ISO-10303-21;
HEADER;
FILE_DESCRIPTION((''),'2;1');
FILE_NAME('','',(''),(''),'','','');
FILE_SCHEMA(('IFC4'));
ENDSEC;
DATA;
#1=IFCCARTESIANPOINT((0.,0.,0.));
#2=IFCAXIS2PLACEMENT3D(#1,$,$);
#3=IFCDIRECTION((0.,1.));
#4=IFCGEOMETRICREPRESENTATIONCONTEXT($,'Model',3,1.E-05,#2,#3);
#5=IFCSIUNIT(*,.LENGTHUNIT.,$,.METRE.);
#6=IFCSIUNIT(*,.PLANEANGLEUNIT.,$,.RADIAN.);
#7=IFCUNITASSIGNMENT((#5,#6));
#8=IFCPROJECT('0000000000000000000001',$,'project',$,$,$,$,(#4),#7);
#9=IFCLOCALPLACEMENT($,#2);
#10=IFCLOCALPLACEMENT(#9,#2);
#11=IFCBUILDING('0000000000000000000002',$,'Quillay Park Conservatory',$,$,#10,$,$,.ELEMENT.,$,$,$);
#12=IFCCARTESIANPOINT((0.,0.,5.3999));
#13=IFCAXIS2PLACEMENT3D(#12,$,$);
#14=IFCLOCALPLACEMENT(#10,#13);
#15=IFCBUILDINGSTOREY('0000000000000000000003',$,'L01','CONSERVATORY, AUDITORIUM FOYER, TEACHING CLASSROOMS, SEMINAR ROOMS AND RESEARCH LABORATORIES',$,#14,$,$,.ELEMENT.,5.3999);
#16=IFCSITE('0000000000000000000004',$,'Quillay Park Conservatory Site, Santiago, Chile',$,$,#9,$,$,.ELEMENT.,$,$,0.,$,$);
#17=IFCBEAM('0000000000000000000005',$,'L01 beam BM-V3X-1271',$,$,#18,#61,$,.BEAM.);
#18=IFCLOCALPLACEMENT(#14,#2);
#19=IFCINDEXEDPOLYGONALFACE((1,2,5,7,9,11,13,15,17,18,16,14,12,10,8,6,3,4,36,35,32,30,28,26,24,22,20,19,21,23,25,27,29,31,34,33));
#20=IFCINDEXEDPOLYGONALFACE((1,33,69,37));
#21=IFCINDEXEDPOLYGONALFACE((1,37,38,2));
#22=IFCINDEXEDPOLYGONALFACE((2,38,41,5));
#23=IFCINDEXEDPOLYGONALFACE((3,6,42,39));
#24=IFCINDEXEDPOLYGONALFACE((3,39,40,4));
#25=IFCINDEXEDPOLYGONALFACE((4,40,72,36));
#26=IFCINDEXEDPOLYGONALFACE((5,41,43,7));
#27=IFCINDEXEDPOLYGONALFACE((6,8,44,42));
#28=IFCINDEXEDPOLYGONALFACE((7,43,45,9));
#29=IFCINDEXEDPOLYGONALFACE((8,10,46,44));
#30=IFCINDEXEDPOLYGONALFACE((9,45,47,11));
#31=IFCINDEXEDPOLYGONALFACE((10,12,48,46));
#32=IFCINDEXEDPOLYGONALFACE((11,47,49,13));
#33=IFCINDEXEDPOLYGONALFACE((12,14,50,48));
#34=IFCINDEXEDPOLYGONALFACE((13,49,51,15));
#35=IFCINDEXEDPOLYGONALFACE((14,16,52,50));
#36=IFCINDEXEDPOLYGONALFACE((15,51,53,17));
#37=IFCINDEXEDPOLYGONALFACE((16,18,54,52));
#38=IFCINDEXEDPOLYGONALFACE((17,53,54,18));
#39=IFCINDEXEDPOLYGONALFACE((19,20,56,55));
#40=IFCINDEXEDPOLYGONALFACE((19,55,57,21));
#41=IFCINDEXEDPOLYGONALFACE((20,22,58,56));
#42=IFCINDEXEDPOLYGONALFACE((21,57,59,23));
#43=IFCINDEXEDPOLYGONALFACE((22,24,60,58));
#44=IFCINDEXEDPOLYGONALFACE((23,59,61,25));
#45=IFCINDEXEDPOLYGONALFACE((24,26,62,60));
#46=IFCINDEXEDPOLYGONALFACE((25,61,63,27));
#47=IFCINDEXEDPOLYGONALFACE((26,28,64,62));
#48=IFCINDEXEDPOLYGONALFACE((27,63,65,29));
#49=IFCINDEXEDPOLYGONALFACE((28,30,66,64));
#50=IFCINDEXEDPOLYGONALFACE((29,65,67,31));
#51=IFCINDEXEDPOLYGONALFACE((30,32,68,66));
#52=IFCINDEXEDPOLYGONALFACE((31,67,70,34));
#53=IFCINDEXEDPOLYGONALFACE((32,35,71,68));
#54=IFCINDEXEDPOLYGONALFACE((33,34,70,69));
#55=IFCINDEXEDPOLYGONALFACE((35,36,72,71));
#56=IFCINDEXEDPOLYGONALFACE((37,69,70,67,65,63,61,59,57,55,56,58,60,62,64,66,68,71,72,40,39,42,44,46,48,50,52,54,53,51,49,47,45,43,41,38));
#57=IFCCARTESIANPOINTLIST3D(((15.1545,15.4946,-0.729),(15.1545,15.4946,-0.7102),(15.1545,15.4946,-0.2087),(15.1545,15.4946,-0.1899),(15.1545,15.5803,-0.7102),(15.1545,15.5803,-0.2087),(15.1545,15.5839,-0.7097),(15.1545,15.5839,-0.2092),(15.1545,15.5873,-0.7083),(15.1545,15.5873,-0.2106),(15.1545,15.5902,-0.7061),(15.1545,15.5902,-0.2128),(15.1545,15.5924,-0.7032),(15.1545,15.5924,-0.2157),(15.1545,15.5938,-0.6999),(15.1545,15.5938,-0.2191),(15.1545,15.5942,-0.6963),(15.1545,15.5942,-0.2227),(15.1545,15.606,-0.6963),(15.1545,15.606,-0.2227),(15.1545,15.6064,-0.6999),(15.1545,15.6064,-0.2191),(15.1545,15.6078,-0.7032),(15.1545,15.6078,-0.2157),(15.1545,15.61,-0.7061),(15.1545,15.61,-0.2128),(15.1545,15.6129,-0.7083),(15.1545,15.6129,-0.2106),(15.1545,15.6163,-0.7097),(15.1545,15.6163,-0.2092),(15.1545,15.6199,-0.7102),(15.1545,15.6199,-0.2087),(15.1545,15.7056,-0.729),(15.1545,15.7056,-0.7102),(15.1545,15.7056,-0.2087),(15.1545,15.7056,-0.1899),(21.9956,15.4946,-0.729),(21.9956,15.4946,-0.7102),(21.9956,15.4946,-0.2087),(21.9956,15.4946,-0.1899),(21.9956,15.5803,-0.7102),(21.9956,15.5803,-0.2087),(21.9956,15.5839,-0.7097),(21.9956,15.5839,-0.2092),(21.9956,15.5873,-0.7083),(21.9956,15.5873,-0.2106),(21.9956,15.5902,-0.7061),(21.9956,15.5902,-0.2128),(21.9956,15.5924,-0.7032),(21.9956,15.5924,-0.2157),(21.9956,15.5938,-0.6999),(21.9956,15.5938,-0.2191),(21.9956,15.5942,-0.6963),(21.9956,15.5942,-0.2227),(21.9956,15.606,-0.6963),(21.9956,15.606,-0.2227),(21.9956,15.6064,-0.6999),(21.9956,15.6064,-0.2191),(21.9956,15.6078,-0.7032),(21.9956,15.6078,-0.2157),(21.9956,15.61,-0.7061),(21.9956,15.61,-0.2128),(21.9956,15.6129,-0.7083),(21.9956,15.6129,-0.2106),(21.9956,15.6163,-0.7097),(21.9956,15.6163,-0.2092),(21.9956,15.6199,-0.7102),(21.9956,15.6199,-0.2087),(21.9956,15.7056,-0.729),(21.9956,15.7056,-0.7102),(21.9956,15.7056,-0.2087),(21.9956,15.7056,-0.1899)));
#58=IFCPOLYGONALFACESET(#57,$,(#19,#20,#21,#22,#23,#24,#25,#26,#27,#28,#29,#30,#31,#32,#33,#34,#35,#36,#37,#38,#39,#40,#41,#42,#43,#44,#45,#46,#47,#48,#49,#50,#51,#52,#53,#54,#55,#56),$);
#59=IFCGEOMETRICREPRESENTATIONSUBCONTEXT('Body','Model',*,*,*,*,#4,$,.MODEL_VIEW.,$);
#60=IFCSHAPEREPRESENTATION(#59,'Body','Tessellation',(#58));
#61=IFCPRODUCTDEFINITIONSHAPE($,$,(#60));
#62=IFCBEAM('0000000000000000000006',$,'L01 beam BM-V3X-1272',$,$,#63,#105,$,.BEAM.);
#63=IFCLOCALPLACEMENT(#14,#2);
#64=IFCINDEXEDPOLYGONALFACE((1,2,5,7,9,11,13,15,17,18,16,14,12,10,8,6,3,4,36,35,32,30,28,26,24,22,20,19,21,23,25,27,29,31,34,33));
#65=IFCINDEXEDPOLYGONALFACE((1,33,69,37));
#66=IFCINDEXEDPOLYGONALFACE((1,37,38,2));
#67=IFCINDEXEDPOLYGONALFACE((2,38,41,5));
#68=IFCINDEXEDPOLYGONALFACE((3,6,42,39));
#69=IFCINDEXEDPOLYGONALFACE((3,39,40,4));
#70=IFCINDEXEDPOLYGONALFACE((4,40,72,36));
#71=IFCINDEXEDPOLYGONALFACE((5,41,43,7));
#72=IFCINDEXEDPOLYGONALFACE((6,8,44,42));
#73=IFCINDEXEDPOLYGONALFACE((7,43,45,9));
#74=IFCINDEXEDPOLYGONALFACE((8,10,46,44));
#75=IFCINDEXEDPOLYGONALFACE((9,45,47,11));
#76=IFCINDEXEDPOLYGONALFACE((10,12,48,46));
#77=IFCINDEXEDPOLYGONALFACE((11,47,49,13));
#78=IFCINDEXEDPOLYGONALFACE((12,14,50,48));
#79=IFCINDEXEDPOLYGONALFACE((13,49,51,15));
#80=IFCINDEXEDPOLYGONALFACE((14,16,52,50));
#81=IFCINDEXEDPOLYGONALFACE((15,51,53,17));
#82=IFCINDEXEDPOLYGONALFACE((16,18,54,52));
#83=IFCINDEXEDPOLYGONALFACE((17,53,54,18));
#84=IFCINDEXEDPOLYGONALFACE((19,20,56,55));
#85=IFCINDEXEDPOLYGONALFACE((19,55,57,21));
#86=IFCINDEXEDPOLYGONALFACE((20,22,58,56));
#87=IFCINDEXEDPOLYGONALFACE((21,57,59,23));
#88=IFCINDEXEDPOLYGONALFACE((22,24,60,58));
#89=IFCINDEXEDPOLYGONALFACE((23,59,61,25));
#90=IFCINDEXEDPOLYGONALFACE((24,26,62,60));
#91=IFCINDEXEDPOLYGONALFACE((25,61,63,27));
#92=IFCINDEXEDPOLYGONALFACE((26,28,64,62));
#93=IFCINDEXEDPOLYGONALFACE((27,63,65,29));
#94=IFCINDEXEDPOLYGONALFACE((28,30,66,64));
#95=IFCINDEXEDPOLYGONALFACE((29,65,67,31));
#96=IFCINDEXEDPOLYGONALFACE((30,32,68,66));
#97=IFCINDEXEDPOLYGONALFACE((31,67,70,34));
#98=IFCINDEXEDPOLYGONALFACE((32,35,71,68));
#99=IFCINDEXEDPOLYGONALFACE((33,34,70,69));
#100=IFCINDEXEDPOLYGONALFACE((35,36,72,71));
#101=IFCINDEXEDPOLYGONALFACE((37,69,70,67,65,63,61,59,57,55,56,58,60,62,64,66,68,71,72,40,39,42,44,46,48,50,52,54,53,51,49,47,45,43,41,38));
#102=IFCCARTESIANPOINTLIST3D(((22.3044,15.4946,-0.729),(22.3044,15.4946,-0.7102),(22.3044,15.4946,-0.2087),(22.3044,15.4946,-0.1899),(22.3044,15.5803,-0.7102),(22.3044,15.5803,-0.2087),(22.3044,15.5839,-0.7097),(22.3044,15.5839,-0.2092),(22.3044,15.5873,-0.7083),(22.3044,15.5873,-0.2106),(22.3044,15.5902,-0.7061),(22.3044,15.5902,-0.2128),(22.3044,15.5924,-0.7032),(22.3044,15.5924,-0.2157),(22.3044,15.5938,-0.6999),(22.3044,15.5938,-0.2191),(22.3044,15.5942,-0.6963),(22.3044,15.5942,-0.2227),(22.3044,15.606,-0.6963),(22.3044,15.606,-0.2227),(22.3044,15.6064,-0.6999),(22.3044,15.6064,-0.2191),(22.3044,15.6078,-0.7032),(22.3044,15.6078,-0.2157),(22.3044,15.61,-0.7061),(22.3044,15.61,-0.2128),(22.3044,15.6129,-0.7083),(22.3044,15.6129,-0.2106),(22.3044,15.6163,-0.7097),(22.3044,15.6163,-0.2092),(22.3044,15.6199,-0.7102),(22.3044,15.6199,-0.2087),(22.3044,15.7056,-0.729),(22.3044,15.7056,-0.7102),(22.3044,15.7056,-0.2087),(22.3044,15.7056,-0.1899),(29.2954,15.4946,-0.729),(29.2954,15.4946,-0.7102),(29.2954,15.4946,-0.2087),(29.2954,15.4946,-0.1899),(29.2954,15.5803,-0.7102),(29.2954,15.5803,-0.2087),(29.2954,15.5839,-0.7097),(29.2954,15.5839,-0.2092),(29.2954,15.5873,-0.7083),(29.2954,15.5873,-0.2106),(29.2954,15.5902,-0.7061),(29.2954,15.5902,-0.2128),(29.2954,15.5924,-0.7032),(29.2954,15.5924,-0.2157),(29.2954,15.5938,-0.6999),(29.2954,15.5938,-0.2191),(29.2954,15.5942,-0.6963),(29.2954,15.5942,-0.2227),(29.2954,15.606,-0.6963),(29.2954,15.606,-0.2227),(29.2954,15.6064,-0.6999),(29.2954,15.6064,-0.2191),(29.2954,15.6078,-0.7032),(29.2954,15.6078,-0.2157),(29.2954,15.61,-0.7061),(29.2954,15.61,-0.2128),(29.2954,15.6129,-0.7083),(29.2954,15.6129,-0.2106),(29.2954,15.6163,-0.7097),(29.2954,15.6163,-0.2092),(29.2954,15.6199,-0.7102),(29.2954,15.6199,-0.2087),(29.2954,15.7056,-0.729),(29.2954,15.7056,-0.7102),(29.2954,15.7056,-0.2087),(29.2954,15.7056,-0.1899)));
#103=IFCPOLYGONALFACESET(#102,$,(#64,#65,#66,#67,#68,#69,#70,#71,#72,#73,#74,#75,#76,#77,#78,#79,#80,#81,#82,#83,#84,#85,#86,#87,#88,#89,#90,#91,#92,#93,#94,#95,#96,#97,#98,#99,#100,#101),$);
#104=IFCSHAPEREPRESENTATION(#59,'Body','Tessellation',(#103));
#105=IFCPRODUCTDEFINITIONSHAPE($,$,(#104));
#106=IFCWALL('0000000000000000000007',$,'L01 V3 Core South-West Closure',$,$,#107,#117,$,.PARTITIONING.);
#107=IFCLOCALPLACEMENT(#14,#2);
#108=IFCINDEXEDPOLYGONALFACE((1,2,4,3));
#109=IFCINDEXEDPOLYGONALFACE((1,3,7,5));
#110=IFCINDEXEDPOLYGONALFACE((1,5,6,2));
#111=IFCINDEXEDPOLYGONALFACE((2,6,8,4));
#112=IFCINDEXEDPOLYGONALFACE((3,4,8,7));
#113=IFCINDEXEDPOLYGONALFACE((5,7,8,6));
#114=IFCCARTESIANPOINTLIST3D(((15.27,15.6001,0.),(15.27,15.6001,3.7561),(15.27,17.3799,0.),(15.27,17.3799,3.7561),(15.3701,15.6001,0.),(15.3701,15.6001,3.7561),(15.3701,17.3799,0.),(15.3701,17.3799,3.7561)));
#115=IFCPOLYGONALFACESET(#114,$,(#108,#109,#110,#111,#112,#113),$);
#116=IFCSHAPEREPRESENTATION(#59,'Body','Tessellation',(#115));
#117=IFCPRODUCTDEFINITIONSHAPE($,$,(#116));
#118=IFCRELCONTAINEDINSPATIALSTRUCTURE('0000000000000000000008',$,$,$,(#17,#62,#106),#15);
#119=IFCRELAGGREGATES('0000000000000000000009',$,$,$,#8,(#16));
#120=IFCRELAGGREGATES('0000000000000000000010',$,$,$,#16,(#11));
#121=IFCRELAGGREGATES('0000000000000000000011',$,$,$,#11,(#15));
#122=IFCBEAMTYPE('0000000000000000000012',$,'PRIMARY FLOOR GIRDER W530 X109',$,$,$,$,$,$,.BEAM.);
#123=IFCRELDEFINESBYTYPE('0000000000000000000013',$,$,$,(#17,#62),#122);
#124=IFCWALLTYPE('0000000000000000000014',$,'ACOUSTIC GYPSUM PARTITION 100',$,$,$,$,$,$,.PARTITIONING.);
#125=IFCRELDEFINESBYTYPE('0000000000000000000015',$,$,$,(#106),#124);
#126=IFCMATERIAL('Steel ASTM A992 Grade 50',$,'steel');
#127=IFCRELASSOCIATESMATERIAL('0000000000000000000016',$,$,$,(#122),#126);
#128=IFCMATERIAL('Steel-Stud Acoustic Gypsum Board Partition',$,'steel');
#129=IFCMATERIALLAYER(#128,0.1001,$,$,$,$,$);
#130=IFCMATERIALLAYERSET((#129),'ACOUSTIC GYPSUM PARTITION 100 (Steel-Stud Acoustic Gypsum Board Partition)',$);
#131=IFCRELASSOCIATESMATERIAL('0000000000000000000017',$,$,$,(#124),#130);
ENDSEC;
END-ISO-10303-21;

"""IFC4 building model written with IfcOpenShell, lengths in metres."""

from ifc_helpers import new_model, si_unit, direction, frame, frame_2d, origin, origin_2d, place, context, subcontext, project, spatial, rectangle, i_section, extrude, material, layer, layer_set, material_profile, profile_set, type_object, element, save


model = new_model("IFC4")

# Units and contexts
model_context = context("Model", 3, precision=1e-05, world=origin(), true_north=direction((0.0, 1.0)))
body_context = subcontext(model_context, "Body", "Model", "MODEL_VIEW")
ifc_project = project(units=[si_unit("LENGTHUNIT", "METRE"), si_unit("PLANEANGLEUNIT", "RADIAN")], contexts=[model_context])

# Site, building, storey
site_placement = place(None, origin())
site = spatial("IfcSite", under=ifc_project, at=site_placement, Name="Quillay Park Conservatory Site, Santiago, Chile", CompositionType="ELEMENT", RefElevation=0.0)
building_placement = place(site_placement, origin())
building = spatial("IfcBuilding", under=site, at=building_placement, Name="Quillay Park Conservatory", CompositionType="ELEMENT")
storey_placement = place(building_placement, frame((0.0, 0.0, 5.3999)))
storey = spatial("IfcBuildingStorey", under=building, at=storey_placement, Name="L01", Description="CONSERVATORY, AUDITORIUM FOYER, TEACHING CLASSROOMS, SEMINAR ROOMS AND RESEARCH LABORATORIES", CompositionType="ELEMENT", Elevation=5.3999)

# Beams
ifc_material_1 = material(Name="Steel ASTM A992 Grade 50", Category="steel")
ifc_material_profile_1 = material_profile(ifc_material_1, i_section(OverallWidth=0.2109, OverallDepth=0.5391, WebThickness=0.0117, FlangeThickness=0.0188, FilletRadius=0.0139, at=origin_2d()), Name="W530x109")
ifc_profile_set_1 = profile_set([ifc_material_profile_1], Name="Steel ASTM A992 Grade 50")
beam_type_1 = type_object("IfcBeamType", Name="PRIMARY FLOOR GIRDER W530 X109", PredefinedType="BEAM", material=ifc_profile_set_1)
beam_1_placement = place(storey_placement, frame((15.1545, 15.6001, -0.4595), z_axis=(1.0, 0.0, 0.0), x_axis=(0.0, 1.0, 0.0)))
element("IfcBeam", 1, at=beam_1_placement, inside=storey, type_object=beam_type_1, Name="L01 beam BM-V3X-1271", PredefinedType="BEAM", context=body_context, shape_type="SweptSolid", body=[
    extrude(i_section(OverallWidth=0.2109, OverallDepth=0.5391, WebThickness=0.0117, FlangeThickness=0.0188, FilletRadius=0.0139, at=origin_2d()), origin(), (0.0, 0.0, 1.0), 6.8411),
])
beam_2_placement = place(storey_placement, frame((22.3044, 15.6001, -0.4595), z_axis=(1.0, 0.0, 0.0), x_axis=(0.0, 1.0, 0.0)))
element("IfcBeam", 2, at=beam_2_placement, inside=storey, type_object=beam_type_1, Name="L01 beam BM-V3X-1272", PredefinedType="BEAM", context=body_context, shape_type="SweptSolid", body=[
    extrude(i_section(OverallWidth=0.2109, OverallDepth=0.5391, WebThickness=0.0117, FlangeThickness=0.0188, FilletRadius=0.0139, at=origin_2d()), origin(), (0.0, 0.0, 1.0), 6.991),
])

# Wall
ifc_material_2 = material(Name="Steel-Stud Acoustic Gypsum Board Partition", Category="steel")
ifc_layer_1 = layer(ifc_material_2, 0.1001)
ifc_layer_set_1 = layer_set([ifc_layer_1], Name="ACOUSTIC GYPSUM PARTITION 100 (Steel-Stud Acoustic Gypsum Board Partition)")
wall_type = type_object("IfcWallType", Name="ACOUSTIC GYPSUM PARTITION 100", PredefinedType="PARTITIONING", material=ifc_layer_set_1)
wall_placement = place(storey_placement, frame((15.3201, 15.6001, 0.0), z_axis=(0.0, 0.0, 1.0), x_axis=(0.0, 1.0, 0.0)))
element("IfcWall", 3, at=wall_placement, inside=storey, type_object=wall_type, Name="L01 V3 Core South-West Closure", PredefinedType="PARTITIONING", context=body_context, shape_type="SweptSolid", body=[
    extrude(rectangle(XDim=1.7798, YDim=0.1001, at=frame_2d((0.8899, 0.0))), origin(), (0.0, 0.0, 1.0), 3.7561),
])

save(model, "model.ifc")
